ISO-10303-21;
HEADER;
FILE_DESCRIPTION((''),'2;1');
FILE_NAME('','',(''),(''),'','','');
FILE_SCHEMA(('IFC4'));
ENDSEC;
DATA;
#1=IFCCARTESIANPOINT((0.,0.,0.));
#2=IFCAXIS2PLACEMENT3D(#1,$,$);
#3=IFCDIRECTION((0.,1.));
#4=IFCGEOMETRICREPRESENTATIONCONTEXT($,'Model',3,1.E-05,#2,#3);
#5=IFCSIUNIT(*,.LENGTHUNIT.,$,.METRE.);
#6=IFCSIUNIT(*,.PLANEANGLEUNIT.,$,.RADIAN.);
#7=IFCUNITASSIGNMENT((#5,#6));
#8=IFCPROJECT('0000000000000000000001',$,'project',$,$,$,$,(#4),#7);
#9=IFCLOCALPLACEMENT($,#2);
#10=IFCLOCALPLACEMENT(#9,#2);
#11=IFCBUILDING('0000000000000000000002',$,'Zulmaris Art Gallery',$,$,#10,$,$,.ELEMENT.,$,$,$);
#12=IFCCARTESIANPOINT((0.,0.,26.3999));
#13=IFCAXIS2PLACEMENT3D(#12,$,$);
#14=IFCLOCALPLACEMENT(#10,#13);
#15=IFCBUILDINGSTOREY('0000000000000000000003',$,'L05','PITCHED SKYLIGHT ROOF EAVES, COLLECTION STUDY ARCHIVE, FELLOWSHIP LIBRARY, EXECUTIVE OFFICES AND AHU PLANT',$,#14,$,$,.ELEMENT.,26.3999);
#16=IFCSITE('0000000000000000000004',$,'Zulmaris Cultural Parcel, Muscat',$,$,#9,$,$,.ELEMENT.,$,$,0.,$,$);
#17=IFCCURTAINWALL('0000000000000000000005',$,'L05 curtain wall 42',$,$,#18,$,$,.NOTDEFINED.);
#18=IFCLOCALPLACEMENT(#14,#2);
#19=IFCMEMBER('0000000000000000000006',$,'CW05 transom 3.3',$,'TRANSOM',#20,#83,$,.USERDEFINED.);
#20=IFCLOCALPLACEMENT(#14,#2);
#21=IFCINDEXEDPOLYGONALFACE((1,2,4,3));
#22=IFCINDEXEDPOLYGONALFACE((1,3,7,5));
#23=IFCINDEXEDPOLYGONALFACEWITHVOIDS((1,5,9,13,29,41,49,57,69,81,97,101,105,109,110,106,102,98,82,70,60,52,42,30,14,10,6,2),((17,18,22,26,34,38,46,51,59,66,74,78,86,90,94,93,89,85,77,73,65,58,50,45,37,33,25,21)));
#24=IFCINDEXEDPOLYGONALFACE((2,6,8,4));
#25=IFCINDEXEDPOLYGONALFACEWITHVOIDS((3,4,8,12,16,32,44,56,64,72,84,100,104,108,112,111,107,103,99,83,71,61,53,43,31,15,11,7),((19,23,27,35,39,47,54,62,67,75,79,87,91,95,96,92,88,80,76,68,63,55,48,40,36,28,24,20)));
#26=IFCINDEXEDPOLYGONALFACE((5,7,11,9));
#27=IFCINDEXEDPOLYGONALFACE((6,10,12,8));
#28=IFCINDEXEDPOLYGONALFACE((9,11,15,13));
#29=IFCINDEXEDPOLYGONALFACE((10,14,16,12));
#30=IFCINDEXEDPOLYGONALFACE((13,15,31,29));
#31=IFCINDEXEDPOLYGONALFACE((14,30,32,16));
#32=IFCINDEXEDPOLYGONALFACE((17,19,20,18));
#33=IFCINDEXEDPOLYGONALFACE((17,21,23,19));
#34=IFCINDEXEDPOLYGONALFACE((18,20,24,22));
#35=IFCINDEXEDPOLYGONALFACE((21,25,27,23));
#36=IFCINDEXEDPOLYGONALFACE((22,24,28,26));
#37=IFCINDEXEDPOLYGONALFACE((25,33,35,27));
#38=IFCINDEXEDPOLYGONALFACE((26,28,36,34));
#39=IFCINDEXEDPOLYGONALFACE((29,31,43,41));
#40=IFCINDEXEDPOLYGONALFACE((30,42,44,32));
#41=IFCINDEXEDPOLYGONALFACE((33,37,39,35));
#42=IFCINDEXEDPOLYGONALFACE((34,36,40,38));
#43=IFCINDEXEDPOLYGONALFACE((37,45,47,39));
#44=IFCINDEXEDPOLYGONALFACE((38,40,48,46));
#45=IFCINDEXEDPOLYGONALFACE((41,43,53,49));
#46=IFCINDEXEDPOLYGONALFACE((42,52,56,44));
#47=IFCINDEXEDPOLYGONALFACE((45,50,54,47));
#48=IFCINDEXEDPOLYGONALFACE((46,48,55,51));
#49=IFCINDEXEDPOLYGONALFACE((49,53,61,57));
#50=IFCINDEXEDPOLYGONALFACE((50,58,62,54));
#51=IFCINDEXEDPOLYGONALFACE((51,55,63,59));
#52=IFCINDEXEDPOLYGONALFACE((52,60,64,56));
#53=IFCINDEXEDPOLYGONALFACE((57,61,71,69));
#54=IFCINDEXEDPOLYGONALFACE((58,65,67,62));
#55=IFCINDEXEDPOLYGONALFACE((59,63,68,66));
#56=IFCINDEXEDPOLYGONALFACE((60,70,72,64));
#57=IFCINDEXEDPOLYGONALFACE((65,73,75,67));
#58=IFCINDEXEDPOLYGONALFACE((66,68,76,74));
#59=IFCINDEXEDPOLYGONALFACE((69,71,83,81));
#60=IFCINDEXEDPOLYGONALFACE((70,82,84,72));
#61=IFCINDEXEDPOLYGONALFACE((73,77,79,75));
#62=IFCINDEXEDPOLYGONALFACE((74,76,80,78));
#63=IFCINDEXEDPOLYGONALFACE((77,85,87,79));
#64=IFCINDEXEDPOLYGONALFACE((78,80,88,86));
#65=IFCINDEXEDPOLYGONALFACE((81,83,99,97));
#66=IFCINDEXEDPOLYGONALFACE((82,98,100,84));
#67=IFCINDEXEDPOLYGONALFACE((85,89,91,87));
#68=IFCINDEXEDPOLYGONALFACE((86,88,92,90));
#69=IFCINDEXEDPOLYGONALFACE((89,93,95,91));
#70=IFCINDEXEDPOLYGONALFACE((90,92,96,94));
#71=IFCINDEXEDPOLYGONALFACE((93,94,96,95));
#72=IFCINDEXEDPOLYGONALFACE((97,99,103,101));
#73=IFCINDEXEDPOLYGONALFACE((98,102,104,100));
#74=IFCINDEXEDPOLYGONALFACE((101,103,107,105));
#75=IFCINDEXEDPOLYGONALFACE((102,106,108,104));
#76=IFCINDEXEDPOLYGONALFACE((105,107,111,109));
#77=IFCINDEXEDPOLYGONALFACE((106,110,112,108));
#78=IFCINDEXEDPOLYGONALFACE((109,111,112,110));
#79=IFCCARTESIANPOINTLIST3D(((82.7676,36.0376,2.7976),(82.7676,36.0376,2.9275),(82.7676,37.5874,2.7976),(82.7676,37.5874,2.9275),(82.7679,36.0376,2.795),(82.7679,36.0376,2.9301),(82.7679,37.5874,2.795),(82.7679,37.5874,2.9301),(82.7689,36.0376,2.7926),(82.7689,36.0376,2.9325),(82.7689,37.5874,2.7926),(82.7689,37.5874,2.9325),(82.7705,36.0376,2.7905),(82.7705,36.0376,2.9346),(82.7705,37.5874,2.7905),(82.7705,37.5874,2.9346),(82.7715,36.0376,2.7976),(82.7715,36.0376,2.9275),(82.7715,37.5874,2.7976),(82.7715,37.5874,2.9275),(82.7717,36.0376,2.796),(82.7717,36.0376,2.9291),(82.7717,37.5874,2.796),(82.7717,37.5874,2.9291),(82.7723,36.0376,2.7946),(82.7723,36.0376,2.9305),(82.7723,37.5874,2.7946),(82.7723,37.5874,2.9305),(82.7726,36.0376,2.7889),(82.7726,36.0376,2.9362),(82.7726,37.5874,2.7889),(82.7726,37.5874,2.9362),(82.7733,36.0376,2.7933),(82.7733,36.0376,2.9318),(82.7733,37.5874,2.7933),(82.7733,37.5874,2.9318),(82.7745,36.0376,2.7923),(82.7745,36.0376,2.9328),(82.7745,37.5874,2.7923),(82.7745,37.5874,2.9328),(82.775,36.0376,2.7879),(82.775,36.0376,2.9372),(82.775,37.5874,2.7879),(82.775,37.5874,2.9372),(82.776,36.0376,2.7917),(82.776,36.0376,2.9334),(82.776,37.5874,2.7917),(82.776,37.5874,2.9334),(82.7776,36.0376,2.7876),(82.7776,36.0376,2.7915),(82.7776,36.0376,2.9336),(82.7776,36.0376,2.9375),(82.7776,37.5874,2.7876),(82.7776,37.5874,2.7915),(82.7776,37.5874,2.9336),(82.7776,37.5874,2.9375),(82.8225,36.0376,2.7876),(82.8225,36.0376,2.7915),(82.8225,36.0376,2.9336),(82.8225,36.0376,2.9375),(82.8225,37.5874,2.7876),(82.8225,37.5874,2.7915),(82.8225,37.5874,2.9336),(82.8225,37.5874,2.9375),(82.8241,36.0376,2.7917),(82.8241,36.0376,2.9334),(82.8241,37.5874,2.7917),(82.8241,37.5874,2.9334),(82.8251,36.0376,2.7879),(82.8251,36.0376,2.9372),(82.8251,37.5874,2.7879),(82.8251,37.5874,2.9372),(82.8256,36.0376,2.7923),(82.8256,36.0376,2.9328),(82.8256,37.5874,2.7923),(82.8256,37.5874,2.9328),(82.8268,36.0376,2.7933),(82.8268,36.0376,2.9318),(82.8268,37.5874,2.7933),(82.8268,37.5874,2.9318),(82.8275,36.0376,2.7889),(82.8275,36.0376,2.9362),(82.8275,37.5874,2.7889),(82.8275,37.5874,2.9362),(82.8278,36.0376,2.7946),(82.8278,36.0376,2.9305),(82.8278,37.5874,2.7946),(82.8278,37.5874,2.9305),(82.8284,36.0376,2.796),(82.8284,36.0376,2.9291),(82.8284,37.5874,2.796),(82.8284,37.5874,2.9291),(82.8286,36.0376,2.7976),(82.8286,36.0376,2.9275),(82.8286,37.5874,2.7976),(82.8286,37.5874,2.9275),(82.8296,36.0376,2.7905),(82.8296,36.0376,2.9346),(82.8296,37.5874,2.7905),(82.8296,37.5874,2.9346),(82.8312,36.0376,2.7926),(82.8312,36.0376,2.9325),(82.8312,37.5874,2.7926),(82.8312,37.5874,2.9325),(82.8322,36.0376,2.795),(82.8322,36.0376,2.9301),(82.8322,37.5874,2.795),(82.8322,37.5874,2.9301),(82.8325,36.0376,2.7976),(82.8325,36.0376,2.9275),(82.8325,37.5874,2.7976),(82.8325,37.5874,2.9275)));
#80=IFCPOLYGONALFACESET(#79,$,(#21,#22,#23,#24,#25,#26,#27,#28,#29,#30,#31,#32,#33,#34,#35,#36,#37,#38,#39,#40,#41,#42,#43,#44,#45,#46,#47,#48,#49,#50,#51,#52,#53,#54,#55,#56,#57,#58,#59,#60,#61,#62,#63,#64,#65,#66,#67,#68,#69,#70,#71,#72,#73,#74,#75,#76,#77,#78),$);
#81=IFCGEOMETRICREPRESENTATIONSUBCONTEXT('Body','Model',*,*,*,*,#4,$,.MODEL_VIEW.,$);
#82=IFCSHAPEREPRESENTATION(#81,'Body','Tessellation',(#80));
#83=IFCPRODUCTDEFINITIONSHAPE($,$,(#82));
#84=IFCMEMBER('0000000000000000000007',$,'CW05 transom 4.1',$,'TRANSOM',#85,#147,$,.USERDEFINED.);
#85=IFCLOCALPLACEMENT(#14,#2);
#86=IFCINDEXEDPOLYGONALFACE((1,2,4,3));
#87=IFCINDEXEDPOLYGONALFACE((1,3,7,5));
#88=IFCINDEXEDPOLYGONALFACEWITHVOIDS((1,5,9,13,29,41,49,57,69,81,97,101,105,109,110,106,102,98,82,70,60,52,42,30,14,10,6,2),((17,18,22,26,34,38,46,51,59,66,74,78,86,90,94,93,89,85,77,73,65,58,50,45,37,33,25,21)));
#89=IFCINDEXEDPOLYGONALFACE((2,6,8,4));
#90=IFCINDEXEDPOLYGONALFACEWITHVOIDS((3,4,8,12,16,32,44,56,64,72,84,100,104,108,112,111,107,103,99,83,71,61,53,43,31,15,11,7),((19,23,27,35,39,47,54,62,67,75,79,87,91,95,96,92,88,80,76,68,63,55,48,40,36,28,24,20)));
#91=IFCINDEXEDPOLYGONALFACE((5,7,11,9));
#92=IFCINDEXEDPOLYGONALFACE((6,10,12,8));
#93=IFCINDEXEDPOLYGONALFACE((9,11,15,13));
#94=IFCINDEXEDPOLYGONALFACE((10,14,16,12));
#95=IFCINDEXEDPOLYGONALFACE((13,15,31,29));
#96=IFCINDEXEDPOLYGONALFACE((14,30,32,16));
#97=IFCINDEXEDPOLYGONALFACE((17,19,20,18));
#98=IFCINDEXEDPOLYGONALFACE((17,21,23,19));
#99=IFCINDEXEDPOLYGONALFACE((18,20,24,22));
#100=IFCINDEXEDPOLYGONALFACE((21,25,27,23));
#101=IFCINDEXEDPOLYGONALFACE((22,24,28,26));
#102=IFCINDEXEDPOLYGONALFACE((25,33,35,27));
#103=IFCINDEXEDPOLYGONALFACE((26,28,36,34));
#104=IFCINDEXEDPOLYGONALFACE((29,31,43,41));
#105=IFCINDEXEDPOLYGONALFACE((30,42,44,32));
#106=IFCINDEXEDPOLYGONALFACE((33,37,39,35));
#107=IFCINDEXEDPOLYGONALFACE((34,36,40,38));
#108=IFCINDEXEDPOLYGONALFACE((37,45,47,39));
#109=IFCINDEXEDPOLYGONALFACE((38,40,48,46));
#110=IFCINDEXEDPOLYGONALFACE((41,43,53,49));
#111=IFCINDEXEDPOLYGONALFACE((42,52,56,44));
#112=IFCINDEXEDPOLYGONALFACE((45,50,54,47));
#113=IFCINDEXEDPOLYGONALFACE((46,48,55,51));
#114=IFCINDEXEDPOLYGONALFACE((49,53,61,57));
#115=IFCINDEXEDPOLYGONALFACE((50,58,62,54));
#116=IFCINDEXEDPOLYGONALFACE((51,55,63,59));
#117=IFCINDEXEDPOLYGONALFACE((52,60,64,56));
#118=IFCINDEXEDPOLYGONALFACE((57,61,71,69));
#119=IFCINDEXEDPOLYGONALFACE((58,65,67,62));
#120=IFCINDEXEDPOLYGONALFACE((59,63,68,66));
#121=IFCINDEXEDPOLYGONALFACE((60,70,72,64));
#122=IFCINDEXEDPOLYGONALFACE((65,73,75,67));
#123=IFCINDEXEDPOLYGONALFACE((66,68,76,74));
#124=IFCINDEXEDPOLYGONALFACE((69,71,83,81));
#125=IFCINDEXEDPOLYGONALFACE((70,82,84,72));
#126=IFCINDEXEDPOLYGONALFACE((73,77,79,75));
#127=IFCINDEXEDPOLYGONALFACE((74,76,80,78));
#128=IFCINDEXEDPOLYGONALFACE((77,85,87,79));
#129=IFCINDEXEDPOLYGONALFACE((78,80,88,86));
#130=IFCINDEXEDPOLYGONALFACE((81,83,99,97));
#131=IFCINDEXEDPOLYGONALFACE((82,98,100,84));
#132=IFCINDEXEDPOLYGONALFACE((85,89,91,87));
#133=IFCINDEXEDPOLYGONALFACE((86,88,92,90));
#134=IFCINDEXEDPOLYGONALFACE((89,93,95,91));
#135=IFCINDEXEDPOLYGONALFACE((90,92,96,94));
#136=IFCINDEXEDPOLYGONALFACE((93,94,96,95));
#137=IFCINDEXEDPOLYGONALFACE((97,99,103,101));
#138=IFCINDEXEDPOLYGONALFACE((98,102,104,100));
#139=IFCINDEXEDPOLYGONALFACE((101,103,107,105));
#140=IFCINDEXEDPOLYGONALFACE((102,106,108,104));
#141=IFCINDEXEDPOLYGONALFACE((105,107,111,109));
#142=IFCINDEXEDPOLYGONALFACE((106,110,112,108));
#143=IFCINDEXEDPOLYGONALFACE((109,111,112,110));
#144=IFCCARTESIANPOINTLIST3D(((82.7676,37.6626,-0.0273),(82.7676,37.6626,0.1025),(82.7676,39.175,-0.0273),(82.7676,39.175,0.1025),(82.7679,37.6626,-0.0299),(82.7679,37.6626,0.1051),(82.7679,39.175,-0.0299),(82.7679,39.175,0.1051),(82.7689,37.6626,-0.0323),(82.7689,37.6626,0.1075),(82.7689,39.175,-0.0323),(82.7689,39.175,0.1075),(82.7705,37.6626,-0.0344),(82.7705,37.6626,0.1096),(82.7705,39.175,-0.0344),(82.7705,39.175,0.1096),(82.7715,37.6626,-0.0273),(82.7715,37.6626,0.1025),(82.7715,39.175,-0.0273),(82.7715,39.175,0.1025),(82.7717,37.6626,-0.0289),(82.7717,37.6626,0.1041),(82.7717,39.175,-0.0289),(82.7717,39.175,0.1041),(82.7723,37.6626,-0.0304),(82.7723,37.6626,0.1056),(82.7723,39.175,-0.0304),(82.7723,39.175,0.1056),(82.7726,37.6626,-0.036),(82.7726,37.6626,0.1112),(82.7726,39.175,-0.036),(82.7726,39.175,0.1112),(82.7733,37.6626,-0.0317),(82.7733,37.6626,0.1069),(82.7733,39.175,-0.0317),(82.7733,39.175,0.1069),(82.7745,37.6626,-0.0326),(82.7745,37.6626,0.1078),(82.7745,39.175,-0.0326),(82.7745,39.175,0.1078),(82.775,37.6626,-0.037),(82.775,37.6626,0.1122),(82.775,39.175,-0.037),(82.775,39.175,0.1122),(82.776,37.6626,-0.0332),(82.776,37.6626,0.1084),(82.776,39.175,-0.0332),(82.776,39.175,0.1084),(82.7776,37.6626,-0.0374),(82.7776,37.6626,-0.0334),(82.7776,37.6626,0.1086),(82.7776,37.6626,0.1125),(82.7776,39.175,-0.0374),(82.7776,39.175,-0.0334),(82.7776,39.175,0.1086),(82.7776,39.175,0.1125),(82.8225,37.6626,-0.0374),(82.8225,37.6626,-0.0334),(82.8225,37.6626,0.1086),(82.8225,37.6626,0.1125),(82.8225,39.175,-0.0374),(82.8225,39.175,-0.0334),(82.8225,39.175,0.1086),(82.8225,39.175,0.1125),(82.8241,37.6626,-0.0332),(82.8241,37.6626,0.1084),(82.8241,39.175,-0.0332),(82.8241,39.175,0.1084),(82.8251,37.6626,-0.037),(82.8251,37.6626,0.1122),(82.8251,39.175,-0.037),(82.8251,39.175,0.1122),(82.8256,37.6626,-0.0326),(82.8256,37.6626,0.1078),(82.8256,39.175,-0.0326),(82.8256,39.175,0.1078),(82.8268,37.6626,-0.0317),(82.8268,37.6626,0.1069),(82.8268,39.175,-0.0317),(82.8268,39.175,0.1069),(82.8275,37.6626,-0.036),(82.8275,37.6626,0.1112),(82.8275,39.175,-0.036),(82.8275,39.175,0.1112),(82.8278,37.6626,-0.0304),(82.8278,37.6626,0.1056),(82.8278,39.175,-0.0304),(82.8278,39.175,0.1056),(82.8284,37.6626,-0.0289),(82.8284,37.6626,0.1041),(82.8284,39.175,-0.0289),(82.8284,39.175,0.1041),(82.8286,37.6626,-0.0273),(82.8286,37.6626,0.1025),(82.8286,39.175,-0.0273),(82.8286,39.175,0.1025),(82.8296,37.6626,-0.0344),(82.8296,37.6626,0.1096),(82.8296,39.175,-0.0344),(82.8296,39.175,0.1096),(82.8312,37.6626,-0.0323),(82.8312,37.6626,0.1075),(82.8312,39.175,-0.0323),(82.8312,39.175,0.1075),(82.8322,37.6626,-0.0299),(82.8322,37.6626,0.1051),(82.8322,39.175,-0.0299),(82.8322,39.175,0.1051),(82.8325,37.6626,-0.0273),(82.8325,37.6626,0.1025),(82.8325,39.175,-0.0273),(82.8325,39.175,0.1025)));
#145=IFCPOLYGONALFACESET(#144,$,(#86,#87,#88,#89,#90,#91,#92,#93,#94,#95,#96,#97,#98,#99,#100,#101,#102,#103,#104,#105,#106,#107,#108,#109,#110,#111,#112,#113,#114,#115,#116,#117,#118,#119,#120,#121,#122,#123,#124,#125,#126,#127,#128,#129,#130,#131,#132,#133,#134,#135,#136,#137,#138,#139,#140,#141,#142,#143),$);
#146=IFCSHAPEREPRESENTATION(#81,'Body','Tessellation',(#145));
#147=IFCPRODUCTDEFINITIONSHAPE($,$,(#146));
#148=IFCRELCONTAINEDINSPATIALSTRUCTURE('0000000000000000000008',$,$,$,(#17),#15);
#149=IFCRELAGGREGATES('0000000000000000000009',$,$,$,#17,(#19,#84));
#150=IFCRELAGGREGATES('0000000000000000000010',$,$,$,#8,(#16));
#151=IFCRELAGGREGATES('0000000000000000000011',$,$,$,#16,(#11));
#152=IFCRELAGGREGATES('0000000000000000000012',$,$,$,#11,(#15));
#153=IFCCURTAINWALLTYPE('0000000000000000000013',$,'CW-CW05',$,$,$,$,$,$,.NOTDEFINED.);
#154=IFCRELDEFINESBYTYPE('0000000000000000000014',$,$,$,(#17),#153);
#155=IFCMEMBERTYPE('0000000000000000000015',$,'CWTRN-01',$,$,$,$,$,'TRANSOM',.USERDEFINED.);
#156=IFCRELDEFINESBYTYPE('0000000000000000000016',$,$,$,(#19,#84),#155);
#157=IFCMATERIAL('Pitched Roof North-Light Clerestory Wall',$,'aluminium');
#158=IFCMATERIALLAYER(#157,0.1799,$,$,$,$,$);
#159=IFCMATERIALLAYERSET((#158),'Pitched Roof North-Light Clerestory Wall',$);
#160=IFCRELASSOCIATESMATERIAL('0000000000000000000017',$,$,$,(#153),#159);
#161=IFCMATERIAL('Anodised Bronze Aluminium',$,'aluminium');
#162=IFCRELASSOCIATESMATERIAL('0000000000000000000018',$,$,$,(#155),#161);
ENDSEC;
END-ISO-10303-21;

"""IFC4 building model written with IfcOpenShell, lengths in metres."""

from ifc_helpers import new_model, si_unit, direction, frame, origin, origin_2d, place, context, subcontext, project, spatial, hollow_rectangle, extrude, material, layer, layer_set, material_profile, profile_set, type_object, element, aggregate, save


model = new_model("IFC4")

# Units and contexts
model_context = context("Model", 3, precision=1e-05, world=origin(), true_north=direction((0.0, 1.0)))
body_context = subcontext(model_context, "Body", "Model", "MODEL_VIEW")
ifc_project = project(units=[si_unit("LENGTHUNIT", "METRE"), si_unit("PLANEANGLEUNIT", "RADIAN")], contexts=[model_context])

# Site, building, storey
site_placement = place(None, origin())
site = spatial("IfcSite", under=ifc_project, at=site_placement, Name="Zulmaris Cultural Parcel, Muscat", CompositionType="ELEMENT", RefElevation=0.0)
building_placement = place(site_placement, origin())
building = spatial("IfcBuilding", under=site, at=building_placement, Name="Zulmaris Art Gallery", CompositionType="ELEMENT")
storey_placement = place(building_placement, frame((0.0, 0.0, 26.3999)))
storey = spatial("IfcBuildingStorey", under=building, at=storey_placement, Name="L05", Description="PITCHED SKYLIGHT ROOF EAVES, COLLECTION STUDY ARCHIVE, FELLOWSHIP LIBRARY, EXECUTIVE OFFICES AND AHU PLANT", CompositionType="ELEMENT", Elevation=26.3999)

# Curtain wall, members
ifc_material_1 = material(Name="Pitched Roof North-Light Clerestory Wall", Category="aluminium")
ifc_layer_1 = layer(ifc_material_1, 0.1799)
ifc_layer_set_1 = layer_set([ifc_layer_1], Name="Pitched Roof North-Light Clerestory Wall")
curtain_wall_type = type_object("IfcCurtainWallType", Name="CW-CW05", PredefinedType="NOTDEFINED", material=ifc_layer_set_1)
ifc_material_2 = material(Name="Anodised Bronze Aluminium", Category="aluminium")
curtain_wall_1_placement = place(storey_placement, origin())
curtain_wall_1 = element("IfcCurtainWall", 1, at=curtain_wall_1_placement, inside=storey, type_object=curtain_wall_type, Name="L05 curtain wall 42", PredefinedType="NOTDEFINED")
ifc_material_profile_1 = material_profile(ifc_material_2, hollow_rectangle(XDim=0.0649, YDim=0.1499, WallThickness=0.0039, InnerFilletRadius=0.0061, OuterFilletRadius=0.01, at=origin_2d()), Name="ALU 65x150x4")
ifc_profile_set_1 = profile_set([ifc_material_profile_1], Name="Anodised Bronze Aluminium")
member_type_1 = type_object("IfcMemberType", Name="CWTRN-01", ElementType="TRANSOM", PredefinedType="USERDEFINED", material=ifc_profile_set_1)
member_1_placement = place(storey_placement, frame((82.8, 36.0376, 2.8625), z_axis=(0.0, 1.0, 0.0), x_axis=(-1.0, 0.0, 0.0)))
member_1 = element("IfcMember", 2, at=member_1_placement, type_object=member_type_1, Name="CW05 transom 3.3", ObjectType="TRANSOM", PredefinedType="USERDEFINED", context=body_context, shape_type="SweptSolid", body=[
    extrude(hollow_rectangle(XDim=0.0649, YDim=0.1499, WallThickness=0.0039, InnerFilletRadius=0.0061, OuterFilletRadius=0.01, at=origin_2d()), origin(), (0.0, 0.0, 1.0), 1.5498),
])
member_2_placement = place(storey_placement, frame((82.8, 37.6626, 0.0376), z_axis=(0.0, 1.0, 0.0), x_axis=(-1.0, 0.0, 0.0)))
member_2 = element("IfcMember", 3, at=member_2_placement, type_object=member_type_1, Name="CW05 transom 4.1", ObjectType="TRANSOM", PredefinedType="USERDEFINED", context=body_context, shape_type="SweptSolid", body=[
    extrude(hollow_rectangle(XDim=0.0649, YDim=0.1499, WallThickness=0.0039, InnerFilletRadius=0.0061, OuterFilletRadius=0.01, at=origin_2d()), origin(), (0.0, 0.0, 1.0), 1.5125),
])

aggregate(curtain_wall_1, [member_1, member_2])

save(model, "model.ifc")
